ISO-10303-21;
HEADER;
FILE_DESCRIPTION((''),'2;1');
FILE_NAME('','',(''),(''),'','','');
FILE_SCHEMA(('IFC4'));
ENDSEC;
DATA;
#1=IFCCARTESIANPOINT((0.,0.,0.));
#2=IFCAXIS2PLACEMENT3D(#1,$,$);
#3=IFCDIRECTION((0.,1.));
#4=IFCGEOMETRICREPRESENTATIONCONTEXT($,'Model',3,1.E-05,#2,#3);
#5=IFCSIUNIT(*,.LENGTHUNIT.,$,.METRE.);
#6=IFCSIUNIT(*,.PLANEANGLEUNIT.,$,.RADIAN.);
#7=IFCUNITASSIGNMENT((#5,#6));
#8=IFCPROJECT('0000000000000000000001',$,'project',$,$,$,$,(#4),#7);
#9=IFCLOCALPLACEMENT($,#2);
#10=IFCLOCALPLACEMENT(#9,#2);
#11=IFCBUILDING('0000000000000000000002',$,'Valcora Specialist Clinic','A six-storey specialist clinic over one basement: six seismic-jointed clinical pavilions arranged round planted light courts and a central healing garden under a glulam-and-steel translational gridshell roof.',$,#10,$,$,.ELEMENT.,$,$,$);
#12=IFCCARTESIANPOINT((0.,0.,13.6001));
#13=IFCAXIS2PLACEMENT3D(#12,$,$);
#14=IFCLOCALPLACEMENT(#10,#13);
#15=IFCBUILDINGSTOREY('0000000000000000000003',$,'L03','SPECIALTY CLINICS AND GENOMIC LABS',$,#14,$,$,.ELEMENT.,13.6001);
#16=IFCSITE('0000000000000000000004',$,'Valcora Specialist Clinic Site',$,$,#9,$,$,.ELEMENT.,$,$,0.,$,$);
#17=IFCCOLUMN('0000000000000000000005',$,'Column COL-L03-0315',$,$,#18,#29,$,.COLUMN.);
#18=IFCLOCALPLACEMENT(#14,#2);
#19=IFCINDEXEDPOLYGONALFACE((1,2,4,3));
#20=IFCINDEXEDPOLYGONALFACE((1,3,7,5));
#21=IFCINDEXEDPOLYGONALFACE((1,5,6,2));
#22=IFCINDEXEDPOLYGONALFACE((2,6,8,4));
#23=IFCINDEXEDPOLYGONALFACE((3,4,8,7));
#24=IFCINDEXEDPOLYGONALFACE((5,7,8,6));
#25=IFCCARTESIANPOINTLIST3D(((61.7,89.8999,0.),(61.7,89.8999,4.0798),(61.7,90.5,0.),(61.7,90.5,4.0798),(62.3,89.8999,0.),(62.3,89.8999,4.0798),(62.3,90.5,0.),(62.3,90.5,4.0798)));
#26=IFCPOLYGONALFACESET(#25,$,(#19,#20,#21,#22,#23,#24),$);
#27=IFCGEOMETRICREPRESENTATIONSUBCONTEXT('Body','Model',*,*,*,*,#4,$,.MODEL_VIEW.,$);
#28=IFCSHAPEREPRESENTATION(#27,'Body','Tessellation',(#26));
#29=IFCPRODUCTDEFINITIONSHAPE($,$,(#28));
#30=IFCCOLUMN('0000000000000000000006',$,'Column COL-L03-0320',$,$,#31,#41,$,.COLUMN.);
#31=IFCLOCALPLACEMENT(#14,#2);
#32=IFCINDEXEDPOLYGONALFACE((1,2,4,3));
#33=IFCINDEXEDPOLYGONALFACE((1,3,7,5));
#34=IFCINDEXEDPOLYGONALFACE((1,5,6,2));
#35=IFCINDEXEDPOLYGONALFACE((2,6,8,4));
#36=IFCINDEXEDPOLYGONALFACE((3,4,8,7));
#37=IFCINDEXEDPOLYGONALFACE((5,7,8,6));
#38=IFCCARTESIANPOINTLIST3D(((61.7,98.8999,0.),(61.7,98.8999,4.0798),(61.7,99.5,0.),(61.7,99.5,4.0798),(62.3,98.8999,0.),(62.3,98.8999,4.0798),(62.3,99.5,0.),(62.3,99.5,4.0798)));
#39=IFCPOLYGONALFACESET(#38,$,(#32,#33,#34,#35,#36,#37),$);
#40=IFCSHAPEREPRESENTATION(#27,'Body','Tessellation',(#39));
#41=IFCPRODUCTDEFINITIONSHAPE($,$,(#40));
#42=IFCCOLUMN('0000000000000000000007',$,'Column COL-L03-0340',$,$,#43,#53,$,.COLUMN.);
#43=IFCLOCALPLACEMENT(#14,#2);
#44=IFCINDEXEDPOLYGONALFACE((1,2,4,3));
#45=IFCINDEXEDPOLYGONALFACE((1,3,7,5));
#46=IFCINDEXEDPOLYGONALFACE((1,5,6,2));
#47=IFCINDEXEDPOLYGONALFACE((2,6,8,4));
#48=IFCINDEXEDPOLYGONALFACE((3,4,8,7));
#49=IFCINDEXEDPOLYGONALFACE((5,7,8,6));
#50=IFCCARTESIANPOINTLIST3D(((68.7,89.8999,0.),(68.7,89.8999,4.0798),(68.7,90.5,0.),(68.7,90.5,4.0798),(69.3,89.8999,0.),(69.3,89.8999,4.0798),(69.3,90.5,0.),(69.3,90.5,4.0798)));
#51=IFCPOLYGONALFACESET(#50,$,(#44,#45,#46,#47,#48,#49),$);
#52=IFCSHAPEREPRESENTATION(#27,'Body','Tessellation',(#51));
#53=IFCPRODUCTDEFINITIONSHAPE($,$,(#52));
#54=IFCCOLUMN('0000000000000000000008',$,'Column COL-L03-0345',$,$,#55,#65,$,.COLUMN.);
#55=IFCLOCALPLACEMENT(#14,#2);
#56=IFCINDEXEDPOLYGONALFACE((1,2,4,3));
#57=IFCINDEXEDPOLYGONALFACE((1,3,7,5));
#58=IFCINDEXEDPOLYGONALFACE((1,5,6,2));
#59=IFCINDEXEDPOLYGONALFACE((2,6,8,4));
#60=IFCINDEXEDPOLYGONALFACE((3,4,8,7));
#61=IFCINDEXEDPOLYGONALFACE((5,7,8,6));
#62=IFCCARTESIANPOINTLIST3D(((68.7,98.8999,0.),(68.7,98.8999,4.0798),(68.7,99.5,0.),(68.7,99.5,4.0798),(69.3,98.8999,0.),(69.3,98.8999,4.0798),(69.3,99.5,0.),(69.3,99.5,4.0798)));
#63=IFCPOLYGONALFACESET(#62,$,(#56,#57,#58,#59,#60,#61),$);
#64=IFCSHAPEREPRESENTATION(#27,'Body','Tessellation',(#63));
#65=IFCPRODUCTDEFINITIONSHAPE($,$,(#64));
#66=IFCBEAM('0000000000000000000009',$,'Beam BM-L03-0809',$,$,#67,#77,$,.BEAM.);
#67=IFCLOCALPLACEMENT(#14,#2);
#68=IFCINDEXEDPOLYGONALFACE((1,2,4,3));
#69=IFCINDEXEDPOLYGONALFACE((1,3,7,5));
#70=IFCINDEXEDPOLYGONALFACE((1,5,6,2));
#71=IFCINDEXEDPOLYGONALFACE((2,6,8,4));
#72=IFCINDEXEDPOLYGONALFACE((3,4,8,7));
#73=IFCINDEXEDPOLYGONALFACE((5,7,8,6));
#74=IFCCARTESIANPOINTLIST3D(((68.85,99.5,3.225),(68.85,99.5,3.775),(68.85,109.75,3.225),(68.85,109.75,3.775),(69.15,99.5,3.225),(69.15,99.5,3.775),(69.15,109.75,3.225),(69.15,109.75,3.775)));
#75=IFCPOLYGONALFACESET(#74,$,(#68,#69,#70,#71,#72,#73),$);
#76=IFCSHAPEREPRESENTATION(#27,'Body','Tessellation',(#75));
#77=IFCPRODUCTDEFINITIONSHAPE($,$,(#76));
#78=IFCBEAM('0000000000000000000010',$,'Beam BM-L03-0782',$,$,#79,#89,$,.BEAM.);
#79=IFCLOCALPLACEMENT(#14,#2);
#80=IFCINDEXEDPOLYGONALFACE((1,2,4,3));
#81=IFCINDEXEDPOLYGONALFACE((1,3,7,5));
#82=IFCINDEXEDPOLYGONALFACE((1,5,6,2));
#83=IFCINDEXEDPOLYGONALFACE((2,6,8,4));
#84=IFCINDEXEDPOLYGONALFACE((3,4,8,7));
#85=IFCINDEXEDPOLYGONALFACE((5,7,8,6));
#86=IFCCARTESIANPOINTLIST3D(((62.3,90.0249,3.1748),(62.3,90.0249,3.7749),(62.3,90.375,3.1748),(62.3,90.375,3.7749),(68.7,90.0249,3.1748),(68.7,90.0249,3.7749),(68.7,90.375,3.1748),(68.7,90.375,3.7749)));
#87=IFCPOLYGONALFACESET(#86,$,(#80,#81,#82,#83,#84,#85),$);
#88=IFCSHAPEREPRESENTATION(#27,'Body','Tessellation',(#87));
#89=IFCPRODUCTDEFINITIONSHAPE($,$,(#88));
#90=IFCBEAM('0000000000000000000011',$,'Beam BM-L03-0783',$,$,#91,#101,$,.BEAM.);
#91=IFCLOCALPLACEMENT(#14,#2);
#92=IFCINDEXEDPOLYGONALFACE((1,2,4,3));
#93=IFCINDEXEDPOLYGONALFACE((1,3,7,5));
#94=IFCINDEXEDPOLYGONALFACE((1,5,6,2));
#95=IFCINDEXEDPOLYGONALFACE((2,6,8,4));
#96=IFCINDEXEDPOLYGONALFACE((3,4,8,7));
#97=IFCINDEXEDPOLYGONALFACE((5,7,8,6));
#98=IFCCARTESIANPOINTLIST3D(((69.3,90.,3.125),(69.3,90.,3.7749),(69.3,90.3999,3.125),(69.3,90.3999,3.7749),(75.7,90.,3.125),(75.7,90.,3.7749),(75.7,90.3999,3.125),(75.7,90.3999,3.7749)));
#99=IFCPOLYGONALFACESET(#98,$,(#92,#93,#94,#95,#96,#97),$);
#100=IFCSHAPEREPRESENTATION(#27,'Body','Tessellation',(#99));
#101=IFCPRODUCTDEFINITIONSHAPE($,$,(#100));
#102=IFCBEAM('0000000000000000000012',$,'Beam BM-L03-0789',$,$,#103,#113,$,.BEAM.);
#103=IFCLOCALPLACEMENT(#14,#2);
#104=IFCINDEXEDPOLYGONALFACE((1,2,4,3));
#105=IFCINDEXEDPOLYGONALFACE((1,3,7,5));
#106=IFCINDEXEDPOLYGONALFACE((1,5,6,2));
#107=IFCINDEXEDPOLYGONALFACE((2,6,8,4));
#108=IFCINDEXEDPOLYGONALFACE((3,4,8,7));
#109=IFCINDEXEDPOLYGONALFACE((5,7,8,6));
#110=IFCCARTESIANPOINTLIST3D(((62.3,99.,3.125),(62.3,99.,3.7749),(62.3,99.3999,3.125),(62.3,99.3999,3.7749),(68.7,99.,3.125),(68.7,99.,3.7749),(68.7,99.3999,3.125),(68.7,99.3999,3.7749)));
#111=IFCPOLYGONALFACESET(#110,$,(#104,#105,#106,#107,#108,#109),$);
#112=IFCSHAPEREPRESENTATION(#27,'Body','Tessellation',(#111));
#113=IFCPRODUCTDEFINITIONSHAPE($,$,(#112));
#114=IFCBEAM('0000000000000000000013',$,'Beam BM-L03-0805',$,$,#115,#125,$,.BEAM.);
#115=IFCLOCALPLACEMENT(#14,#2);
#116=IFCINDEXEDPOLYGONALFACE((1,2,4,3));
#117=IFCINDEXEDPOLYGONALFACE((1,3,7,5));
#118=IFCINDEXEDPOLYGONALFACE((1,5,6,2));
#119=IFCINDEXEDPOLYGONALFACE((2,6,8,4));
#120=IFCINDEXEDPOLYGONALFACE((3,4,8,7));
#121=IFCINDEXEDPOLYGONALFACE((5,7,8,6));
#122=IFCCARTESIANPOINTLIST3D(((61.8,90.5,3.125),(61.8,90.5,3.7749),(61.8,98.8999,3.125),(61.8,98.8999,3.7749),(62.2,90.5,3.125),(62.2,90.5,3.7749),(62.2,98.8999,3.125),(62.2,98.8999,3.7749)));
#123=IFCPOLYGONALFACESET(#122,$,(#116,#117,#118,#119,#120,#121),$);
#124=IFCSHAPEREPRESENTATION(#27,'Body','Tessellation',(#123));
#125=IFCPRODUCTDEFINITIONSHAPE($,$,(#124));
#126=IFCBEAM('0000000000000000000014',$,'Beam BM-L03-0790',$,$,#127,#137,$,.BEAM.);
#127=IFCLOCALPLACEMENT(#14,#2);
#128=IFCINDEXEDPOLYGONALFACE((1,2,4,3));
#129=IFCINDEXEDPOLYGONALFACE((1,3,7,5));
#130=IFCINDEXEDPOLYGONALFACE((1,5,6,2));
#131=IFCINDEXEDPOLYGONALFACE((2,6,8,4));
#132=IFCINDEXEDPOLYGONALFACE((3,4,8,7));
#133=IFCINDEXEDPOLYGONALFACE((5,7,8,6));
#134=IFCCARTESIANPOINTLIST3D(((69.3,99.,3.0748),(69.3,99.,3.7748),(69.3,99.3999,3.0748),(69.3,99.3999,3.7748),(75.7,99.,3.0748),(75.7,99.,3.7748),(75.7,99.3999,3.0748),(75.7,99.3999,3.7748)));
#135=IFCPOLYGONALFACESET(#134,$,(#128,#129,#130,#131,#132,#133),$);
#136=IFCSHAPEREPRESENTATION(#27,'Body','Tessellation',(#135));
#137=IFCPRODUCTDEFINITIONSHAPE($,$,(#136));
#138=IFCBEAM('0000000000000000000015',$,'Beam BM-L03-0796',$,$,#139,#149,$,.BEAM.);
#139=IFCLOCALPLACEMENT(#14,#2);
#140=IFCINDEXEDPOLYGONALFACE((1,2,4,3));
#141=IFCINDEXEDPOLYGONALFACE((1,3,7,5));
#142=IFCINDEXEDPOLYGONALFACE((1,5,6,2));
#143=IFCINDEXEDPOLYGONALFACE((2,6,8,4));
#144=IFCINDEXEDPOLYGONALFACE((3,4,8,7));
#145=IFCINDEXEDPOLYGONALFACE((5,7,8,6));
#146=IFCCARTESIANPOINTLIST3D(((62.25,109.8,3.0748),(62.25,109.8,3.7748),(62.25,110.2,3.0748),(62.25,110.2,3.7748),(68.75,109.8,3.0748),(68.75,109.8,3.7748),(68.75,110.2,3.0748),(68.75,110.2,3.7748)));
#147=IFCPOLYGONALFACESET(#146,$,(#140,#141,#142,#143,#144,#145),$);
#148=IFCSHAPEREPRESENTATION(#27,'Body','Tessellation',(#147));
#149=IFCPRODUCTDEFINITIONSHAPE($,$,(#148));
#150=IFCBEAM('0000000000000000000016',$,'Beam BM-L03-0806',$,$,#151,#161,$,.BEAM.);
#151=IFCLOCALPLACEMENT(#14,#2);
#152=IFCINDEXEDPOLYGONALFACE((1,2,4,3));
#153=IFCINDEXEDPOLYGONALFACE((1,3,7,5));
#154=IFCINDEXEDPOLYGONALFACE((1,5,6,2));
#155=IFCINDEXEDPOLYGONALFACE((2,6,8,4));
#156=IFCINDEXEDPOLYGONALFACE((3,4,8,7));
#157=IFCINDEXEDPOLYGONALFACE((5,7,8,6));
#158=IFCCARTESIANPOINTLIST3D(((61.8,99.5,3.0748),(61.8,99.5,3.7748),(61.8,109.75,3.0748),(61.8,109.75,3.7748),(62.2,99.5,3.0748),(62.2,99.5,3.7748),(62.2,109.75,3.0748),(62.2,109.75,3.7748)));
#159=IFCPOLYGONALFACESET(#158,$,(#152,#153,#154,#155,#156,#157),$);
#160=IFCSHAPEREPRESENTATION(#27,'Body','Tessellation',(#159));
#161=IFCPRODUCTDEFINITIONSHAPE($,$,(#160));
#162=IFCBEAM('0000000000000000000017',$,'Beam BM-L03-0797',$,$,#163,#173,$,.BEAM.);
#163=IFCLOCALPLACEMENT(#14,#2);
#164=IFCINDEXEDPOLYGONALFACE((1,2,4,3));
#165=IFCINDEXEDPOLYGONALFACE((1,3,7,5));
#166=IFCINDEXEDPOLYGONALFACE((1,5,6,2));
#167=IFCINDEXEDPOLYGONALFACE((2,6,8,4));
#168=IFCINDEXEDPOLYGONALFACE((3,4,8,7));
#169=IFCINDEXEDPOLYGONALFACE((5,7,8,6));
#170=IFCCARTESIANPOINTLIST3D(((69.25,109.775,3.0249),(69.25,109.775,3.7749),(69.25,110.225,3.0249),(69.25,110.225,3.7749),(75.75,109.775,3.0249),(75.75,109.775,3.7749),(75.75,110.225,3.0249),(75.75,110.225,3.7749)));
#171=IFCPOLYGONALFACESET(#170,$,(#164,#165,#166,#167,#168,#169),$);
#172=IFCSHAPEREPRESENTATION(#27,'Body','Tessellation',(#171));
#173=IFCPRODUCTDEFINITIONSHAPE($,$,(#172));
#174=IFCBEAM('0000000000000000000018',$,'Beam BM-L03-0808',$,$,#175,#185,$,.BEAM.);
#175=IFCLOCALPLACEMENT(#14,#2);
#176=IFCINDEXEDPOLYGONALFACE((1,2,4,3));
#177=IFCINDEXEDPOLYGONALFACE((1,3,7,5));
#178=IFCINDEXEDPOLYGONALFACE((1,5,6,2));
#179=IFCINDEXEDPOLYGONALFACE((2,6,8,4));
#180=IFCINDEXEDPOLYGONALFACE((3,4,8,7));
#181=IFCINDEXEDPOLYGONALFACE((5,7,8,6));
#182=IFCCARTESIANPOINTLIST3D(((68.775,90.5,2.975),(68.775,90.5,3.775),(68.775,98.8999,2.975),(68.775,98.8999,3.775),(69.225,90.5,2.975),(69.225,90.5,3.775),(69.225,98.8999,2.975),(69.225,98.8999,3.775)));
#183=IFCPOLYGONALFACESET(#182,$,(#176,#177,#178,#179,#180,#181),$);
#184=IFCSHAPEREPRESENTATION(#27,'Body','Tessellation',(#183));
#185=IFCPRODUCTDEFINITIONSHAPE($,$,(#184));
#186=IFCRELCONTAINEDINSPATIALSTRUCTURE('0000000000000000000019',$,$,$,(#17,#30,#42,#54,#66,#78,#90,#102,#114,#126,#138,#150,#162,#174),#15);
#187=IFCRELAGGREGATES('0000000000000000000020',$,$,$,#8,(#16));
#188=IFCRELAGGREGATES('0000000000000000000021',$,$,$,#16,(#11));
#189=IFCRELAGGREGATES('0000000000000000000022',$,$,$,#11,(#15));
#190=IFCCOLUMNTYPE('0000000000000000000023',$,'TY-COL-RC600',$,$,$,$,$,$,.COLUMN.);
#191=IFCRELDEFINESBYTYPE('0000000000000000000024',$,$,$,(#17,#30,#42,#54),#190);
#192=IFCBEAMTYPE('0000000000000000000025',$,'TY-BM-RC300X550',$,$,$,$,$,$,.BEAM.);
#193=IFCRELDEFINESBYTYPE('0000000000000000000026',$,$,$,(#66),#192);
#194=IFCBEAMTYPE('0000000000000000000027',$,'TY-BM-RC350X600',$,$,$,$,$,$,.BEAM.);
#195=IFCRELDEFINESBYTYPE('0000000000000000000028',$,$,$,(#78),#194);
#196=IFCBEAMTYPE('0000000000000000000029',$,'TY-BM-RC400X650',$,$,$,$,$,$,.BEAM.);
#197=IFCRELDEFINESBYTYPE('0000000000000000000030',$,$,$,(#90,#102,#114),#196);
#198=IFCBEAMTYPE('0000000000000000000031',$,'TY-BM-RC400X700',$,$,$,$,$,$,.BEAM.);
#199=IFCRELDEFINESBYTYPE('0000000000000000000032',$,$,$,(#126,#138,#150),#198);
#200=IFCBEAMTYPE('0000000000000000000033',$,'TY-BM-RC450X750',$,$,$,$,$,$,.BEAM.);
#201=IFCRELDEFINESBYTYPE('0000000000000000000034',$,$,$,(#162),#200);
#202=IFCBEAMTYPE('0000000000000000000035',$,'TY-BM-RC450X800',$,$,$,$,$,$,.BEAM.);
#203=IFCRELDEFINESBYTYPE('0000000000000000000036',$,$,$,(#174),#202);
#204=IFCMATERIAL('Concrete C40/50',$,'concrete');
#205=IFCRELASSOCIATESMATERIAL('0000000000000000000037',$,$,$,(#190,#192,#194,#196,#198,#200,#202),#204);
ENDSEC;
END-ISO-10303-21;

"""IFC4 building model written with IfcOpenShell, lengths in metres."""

from ifc_helpers import new_model, si_unit, direction, frame, origin, origin_2d, place, context, subcontext, project, spatial, rectangle, extrude, material, material_profile, profile_set, type_object, element, save


model = new_model("IFC4")

# Units and contexts
model_context = context("Model", 3, precision=1e-05, world=origin(), true_north=direction((0.0, 1.0)))
body_context = subcontext(model_context, "Body", "Model", "MODEL_VIEW")
ifc_project = project(units=[si_unit("LENGTHUNIT", "METRE"), si_unit("PLANEANGLEUNIT", "RADIAN")], contexts=[model_context])

# Site, building, storey
site_placement = place(None, origin())
site = spatial("IfcSite", under=ifc_project, at=site_placement, Name="Valcora Specialist Clinic Site", CompositionType="ELEMENT", RefElevation=0.0)
building_placement = place(site_placement, origin())
building = spatial("IfcBuilding", under=site, at=building_placement, Name="Valcora Specialist Clinic", Description="A six-storey specialist clinic over one basement: six seismic-jointed clinical pavilions arranged round planted light courts and a central healing garden under a glulam-and-steel translational gridshell roof.", CompositionType="ELEMENT")
storey_placement = place(building_placement, frame((0.0, 0.0, 13.6001)))
storey = spatial("IfcBuildingStorey", under=building, at=storey_placement, Name="L03", Description="SPECIALTY CLINICS AND GENOMIC LABS", CompositionType="ELEMENT", Elevation=13.6001)

# Columns
ifc_material_1 = material(Name="Concrete C40/50", Category="concrete")
ifc_material_profile_1 = material_profile(ifc_material_1, rectangle(XDim=0.6001, YDim=0.6001, at=origin_2d()), Name="RC-COL-600X600")
ifc_profile_set_1 = profile_set([ifc_material_profile_1], Name="Concrete C40/50")
column_type_1 = type_object("IfcColumnType", Name="TY-COL-RC600", PredefinedType="COLUMN", material=ifc_profile_set_1)
for number, where, z_axis, x_axis, name in (
    (1, (62.0, 90.2, 0.0), (0.0, 0.0, 1.0), (1.0, 0.0, 0.0), "Column COL-L03-0315"),
    (2, (62.0, 99.2, 0.0), (0.0, 0.0, 1.0), (1.0, 0.0, 0.0), "Column COL-L03-0320"),
    (3, (69.0, 90.2, 0.0), (0.0, 0.0, 1.0), (1.0, 0.0, 0.0), "Column COL-L03-0340"),
    (4, (69.0, 99.2, 0.0), (0.0, 0.0, 1.0), (1.0, 0.0, 0.0), "Column COL-L03-0345"),
):
    element("IfcColumn", number, at=place(storey_placement, frame(where, z_axis=z_axis, x_axis=x_axis)), inside=storey, type_object=column_type_1, Name=name, PredefinedType="COLUMN", context=body_context, shape_type="SweptSolid", body=[
        extrude(rectangle(XDim=0.6001, YDim=0.6001, at=origin_2d()), origin(), (0.0, 0.0, 1.0), 4.0798),
    ])

# Beams
ifc_material_profile_2 = material_profile(ifc_material_1, rectangle(XDim=0.3, YDim=0.55, at=origin_2d()), Name="RC-BM-300X550")
ifc_profile_set_2 = profile_set([ifc_material_profile_2], Name="Concrete C40/50")
beam_type_1 = type_object("IfcBeamType", Name="TY-BM-RC300X550", PredefinedType="BEAM", material=ifc_profile_set_2)
beam_1_placement = place(storey_placement, frame((69.0, 99.5, 3.5), z_axis=(0.0, 1.0, 0.0), x_axis=(-1.0, 0.0, 0.0)))
element("IfcBeam", 5, at=beam_1_placement, inside=storey, type_object=beam_type_1, Name="Beam BM-L03-0809", PredefinedType="BEAM", context=body_context, shape_type="SweptSolid", body=[
    extrude(rectangle(XDim=0.3, YDim=0.55, at=origin_2d()), origin(), (0.0, 0.0, 1.0), 10.25),
])
ifc_material_profile_3 = material_profile(ifc_material_1, rectangle(XDim=0.3501, YDim=0.6001, at=origin_2d()), Name="RC-BM-350X600")
ifc_profile_set_3 = profile_set([ifc_material_profile_3], Name="Concrete C40/50")
beam_type_2 = type_object("IfcBeamType", Name="TY-BM-RC350X600", PredefinedType="BEAM", material=ifc_profile_set_3)
beam_2_placement = place(storey_placement, frame((62.3, 90.2, 3.4749), z_axis=(1.0, 0.0, 0.0), x_axis=(0.0, 1.0, 0.0)))
element("IfcBeam", 6, at=beam_2_placement, inside=storey, type_object=beam_type_2, Name="Beam BM-L03-0782", PredefinedType="BEAM", context=body_context, shape_type="SweptSolid", body=[
    extrude(rectangle(XDim=0.3501, YDim=0.6001, at=origin_2d()), origin(), (0.0, 0.0, 1.0), 6.3999),
])
ifc_material_profile_4 = material_profile(ifc_material_1, rectangle(XDim=0.3999, YDim=0.6499, at=origin_2d()), Name="RC-BM-400X650")
ifc_profile_set_4 = profile_set([ifc_material_profile_4], Name="Concrete C40/50")
beam_type_3 = type_object("IfcBeamType", Name="TY-BM-RC400X650", PredefinedType="BEAM", material=ifc_profile_set_4)
for number, where, z_axis, x_axis, name in (
    (7, (69.3, 90.2, 3.45), (1.0, 0.0, 0.0), (0.0, 1.0, 0.0), "Beam BM-L03-0783"),
    (8, (62.3, 99.2, 3.45), (1.0, 0.0, 0.0), (0.0, 1.0, 0.0), "Beam BM-L03-0789"),
):
    element("IfcBeam", number, at=place(storey_placement, frame(where, z_axis=z_axis, x_axis=x_axis)), inside=storey, type_object=beam_type_3, Name=name, PredefinedType="BEAM", context=body_context, shape_type="SweptSolid", body=[
        extrude(rectangle(XDim=0.3999, YDim=0.6499, at=origin_2d()), origin(), (0.0, 0.0, 1.0), 6.3999),
    ])
beam_3_placement = place(storey_placement, frame((62.0, 90.5, 3.45), z_axis=(0.0, 1.0, 0.0), x_axis=(-1.0, 0.0, 0.0)))
element("IfcBeam", 9, at=beam_3_placement, inside=storey, type_object=beam_type_3, Name="Beam BM-L03-0805", PredefinedType="BEAM", context=body_context, shape_type="SweptSolid", body=[
    extrude(rectangle(XDim=0.3999, YDim=0.6499, at=origin_2d()), origin(), (0.0, 0.0, 1.0), 8.3999),
])
ifc_material_profile_5 = material_profile(ifc_material_1, rectangle(XDim=0.3999, YDim=0.7, at=origin_2d()), Name="RC-BM-400X700")
ifc_profile_set_5 = profile_set([ifc_material_profile_5], Name="Concrete C40/50")
beam_type_4 = type_object("IfcBeamType", Name="TY-BM-RC400X700", PredefinedType="BEAM", material=ifc_profile_set_5)
beam_4_placement = place(storey_placement, frame((69.3, 99.2, 3.4248), z_axis=(1.0, 0.0, 0.0), x_axis=(0.0, 1.0, 0.0)))
element("IfcBeam", 10, at=beam_4_placement, inside=storey, type_object=beam_type_4, Name="Beam BM-L03-0790", PredefinedType="BEAM", context=body_context, shape_type="SweptSolid", body=[
    extrude(rectangle(XDim=0.3999, YDim=0.7, at=origin_2d()), origin(), (0.0, 0.0, 1.0), 6.3999),
])
beam_5_placement = place(storey_placement, frame((62.25, 110.0, 3.4248), z_axis=(1.0, 0.0, 0.0), x_axis=(0.0, 1.0, 0.0)))
element("IfcBeam", 11, at=beam_5_placement, inside=storey, type_object=beam_type_4, Name="Beam BM-L03-0796", PredefinedType="BEAM", context=body_context, shape_type="SweptSolid", body=[
    extrude(rectangle(XDim=0.3999, YDim=0.7, at=origin_2d()), origin(), (0.0, 0.0, 1.0), 6.5),
])
beam_6_placement = place(storey_placement, frame((62.0, 99.5, 3.4248), z_axis=(0.0, 1.0, 0.0), x_axis=(-1.0, 0.0, 0.0)))
element("IfcBeam", 12, at=beam_6_placement, inside=storey, type_object=beam_type_4, Name="Beam BM-L03-0806", PredefinedType="BEAM", context=body_context, shape_type="SweptSolid", body=[
    extrude(rectangle(XDim=0.3999, YDim=0.7, at=origin_2d()), origin(), (0.0, 0.0, 1.0), 10.25),
])
ifc_material_profile_6 = material_profile(ifc_material_1, rectangle(XDim=0.45, YDim=0.75, at=origin_2d()), Name="RC-BM-450X750")
ifc_profile_set_6 = profile_set([ifc_material_profile_6], Name="Concrete C40/50")
beam_type_5 = type_object("IfcBeamType", Name="TY-BM-RC450X750", PredefinedType="BEAM", material=ifc_profile_set_6)
beam_7_placement = place(storey_placement, frame((69.25, 110.0, 3.3999), z_axis=(1.0, 0.0, 0.0), x_axis=(0.0, 1.0, 0.0)))
element("IfcBeam", 13, at=beam_7_placement, inside=storey, type_object=beam_type_5, Name="Beam BM-L03-0797", PredefinedType="BEAM", context=body_context, shape_type="SweptSolid", body=[
    extrude(rectangle(XDim=0.45, YDim=0.75, at=origin_2d()), origin(), (0.0, 0.0, 1.0), 6.5),
])
ifc_material_profile_7 = material_profile(ifc_material_1, rectangle(XDim=0.45, YDim=0.8, at=origin_2d()), Name="RC-BM-450X800")
ifc_profile_set_7 = profile_set([ifc_material_profile_7], Name="Concrete C40/50")
beam_type_6 = type_object("IfcBeamType", Name="TY-BM-RC450X800", PredefinedType="BEAM", material=ifc_profile_set_7)
beam_8_placement = place(storey_placement, frame((69.0, 90.5, 3.375), z_axis=(0.0, 1.0, 0.0), x_axis=(-1.0, 0.0, 0.0)))
element("IfcBeam", 14, at=beam_8_placement, inside=storey, type_object=beam_type_6, Name="Beam BM-L03-0808", PredefinedType="BEAM", context=body_context, shape_type="SweptSolid", body=[
    extrude(rectangle(XDim=0.45, YDim=0.8, at=origin_2d()), origin(), (0.0, 0.0, 1.0), 8.3999),
])

save(model, "model.ifc")
